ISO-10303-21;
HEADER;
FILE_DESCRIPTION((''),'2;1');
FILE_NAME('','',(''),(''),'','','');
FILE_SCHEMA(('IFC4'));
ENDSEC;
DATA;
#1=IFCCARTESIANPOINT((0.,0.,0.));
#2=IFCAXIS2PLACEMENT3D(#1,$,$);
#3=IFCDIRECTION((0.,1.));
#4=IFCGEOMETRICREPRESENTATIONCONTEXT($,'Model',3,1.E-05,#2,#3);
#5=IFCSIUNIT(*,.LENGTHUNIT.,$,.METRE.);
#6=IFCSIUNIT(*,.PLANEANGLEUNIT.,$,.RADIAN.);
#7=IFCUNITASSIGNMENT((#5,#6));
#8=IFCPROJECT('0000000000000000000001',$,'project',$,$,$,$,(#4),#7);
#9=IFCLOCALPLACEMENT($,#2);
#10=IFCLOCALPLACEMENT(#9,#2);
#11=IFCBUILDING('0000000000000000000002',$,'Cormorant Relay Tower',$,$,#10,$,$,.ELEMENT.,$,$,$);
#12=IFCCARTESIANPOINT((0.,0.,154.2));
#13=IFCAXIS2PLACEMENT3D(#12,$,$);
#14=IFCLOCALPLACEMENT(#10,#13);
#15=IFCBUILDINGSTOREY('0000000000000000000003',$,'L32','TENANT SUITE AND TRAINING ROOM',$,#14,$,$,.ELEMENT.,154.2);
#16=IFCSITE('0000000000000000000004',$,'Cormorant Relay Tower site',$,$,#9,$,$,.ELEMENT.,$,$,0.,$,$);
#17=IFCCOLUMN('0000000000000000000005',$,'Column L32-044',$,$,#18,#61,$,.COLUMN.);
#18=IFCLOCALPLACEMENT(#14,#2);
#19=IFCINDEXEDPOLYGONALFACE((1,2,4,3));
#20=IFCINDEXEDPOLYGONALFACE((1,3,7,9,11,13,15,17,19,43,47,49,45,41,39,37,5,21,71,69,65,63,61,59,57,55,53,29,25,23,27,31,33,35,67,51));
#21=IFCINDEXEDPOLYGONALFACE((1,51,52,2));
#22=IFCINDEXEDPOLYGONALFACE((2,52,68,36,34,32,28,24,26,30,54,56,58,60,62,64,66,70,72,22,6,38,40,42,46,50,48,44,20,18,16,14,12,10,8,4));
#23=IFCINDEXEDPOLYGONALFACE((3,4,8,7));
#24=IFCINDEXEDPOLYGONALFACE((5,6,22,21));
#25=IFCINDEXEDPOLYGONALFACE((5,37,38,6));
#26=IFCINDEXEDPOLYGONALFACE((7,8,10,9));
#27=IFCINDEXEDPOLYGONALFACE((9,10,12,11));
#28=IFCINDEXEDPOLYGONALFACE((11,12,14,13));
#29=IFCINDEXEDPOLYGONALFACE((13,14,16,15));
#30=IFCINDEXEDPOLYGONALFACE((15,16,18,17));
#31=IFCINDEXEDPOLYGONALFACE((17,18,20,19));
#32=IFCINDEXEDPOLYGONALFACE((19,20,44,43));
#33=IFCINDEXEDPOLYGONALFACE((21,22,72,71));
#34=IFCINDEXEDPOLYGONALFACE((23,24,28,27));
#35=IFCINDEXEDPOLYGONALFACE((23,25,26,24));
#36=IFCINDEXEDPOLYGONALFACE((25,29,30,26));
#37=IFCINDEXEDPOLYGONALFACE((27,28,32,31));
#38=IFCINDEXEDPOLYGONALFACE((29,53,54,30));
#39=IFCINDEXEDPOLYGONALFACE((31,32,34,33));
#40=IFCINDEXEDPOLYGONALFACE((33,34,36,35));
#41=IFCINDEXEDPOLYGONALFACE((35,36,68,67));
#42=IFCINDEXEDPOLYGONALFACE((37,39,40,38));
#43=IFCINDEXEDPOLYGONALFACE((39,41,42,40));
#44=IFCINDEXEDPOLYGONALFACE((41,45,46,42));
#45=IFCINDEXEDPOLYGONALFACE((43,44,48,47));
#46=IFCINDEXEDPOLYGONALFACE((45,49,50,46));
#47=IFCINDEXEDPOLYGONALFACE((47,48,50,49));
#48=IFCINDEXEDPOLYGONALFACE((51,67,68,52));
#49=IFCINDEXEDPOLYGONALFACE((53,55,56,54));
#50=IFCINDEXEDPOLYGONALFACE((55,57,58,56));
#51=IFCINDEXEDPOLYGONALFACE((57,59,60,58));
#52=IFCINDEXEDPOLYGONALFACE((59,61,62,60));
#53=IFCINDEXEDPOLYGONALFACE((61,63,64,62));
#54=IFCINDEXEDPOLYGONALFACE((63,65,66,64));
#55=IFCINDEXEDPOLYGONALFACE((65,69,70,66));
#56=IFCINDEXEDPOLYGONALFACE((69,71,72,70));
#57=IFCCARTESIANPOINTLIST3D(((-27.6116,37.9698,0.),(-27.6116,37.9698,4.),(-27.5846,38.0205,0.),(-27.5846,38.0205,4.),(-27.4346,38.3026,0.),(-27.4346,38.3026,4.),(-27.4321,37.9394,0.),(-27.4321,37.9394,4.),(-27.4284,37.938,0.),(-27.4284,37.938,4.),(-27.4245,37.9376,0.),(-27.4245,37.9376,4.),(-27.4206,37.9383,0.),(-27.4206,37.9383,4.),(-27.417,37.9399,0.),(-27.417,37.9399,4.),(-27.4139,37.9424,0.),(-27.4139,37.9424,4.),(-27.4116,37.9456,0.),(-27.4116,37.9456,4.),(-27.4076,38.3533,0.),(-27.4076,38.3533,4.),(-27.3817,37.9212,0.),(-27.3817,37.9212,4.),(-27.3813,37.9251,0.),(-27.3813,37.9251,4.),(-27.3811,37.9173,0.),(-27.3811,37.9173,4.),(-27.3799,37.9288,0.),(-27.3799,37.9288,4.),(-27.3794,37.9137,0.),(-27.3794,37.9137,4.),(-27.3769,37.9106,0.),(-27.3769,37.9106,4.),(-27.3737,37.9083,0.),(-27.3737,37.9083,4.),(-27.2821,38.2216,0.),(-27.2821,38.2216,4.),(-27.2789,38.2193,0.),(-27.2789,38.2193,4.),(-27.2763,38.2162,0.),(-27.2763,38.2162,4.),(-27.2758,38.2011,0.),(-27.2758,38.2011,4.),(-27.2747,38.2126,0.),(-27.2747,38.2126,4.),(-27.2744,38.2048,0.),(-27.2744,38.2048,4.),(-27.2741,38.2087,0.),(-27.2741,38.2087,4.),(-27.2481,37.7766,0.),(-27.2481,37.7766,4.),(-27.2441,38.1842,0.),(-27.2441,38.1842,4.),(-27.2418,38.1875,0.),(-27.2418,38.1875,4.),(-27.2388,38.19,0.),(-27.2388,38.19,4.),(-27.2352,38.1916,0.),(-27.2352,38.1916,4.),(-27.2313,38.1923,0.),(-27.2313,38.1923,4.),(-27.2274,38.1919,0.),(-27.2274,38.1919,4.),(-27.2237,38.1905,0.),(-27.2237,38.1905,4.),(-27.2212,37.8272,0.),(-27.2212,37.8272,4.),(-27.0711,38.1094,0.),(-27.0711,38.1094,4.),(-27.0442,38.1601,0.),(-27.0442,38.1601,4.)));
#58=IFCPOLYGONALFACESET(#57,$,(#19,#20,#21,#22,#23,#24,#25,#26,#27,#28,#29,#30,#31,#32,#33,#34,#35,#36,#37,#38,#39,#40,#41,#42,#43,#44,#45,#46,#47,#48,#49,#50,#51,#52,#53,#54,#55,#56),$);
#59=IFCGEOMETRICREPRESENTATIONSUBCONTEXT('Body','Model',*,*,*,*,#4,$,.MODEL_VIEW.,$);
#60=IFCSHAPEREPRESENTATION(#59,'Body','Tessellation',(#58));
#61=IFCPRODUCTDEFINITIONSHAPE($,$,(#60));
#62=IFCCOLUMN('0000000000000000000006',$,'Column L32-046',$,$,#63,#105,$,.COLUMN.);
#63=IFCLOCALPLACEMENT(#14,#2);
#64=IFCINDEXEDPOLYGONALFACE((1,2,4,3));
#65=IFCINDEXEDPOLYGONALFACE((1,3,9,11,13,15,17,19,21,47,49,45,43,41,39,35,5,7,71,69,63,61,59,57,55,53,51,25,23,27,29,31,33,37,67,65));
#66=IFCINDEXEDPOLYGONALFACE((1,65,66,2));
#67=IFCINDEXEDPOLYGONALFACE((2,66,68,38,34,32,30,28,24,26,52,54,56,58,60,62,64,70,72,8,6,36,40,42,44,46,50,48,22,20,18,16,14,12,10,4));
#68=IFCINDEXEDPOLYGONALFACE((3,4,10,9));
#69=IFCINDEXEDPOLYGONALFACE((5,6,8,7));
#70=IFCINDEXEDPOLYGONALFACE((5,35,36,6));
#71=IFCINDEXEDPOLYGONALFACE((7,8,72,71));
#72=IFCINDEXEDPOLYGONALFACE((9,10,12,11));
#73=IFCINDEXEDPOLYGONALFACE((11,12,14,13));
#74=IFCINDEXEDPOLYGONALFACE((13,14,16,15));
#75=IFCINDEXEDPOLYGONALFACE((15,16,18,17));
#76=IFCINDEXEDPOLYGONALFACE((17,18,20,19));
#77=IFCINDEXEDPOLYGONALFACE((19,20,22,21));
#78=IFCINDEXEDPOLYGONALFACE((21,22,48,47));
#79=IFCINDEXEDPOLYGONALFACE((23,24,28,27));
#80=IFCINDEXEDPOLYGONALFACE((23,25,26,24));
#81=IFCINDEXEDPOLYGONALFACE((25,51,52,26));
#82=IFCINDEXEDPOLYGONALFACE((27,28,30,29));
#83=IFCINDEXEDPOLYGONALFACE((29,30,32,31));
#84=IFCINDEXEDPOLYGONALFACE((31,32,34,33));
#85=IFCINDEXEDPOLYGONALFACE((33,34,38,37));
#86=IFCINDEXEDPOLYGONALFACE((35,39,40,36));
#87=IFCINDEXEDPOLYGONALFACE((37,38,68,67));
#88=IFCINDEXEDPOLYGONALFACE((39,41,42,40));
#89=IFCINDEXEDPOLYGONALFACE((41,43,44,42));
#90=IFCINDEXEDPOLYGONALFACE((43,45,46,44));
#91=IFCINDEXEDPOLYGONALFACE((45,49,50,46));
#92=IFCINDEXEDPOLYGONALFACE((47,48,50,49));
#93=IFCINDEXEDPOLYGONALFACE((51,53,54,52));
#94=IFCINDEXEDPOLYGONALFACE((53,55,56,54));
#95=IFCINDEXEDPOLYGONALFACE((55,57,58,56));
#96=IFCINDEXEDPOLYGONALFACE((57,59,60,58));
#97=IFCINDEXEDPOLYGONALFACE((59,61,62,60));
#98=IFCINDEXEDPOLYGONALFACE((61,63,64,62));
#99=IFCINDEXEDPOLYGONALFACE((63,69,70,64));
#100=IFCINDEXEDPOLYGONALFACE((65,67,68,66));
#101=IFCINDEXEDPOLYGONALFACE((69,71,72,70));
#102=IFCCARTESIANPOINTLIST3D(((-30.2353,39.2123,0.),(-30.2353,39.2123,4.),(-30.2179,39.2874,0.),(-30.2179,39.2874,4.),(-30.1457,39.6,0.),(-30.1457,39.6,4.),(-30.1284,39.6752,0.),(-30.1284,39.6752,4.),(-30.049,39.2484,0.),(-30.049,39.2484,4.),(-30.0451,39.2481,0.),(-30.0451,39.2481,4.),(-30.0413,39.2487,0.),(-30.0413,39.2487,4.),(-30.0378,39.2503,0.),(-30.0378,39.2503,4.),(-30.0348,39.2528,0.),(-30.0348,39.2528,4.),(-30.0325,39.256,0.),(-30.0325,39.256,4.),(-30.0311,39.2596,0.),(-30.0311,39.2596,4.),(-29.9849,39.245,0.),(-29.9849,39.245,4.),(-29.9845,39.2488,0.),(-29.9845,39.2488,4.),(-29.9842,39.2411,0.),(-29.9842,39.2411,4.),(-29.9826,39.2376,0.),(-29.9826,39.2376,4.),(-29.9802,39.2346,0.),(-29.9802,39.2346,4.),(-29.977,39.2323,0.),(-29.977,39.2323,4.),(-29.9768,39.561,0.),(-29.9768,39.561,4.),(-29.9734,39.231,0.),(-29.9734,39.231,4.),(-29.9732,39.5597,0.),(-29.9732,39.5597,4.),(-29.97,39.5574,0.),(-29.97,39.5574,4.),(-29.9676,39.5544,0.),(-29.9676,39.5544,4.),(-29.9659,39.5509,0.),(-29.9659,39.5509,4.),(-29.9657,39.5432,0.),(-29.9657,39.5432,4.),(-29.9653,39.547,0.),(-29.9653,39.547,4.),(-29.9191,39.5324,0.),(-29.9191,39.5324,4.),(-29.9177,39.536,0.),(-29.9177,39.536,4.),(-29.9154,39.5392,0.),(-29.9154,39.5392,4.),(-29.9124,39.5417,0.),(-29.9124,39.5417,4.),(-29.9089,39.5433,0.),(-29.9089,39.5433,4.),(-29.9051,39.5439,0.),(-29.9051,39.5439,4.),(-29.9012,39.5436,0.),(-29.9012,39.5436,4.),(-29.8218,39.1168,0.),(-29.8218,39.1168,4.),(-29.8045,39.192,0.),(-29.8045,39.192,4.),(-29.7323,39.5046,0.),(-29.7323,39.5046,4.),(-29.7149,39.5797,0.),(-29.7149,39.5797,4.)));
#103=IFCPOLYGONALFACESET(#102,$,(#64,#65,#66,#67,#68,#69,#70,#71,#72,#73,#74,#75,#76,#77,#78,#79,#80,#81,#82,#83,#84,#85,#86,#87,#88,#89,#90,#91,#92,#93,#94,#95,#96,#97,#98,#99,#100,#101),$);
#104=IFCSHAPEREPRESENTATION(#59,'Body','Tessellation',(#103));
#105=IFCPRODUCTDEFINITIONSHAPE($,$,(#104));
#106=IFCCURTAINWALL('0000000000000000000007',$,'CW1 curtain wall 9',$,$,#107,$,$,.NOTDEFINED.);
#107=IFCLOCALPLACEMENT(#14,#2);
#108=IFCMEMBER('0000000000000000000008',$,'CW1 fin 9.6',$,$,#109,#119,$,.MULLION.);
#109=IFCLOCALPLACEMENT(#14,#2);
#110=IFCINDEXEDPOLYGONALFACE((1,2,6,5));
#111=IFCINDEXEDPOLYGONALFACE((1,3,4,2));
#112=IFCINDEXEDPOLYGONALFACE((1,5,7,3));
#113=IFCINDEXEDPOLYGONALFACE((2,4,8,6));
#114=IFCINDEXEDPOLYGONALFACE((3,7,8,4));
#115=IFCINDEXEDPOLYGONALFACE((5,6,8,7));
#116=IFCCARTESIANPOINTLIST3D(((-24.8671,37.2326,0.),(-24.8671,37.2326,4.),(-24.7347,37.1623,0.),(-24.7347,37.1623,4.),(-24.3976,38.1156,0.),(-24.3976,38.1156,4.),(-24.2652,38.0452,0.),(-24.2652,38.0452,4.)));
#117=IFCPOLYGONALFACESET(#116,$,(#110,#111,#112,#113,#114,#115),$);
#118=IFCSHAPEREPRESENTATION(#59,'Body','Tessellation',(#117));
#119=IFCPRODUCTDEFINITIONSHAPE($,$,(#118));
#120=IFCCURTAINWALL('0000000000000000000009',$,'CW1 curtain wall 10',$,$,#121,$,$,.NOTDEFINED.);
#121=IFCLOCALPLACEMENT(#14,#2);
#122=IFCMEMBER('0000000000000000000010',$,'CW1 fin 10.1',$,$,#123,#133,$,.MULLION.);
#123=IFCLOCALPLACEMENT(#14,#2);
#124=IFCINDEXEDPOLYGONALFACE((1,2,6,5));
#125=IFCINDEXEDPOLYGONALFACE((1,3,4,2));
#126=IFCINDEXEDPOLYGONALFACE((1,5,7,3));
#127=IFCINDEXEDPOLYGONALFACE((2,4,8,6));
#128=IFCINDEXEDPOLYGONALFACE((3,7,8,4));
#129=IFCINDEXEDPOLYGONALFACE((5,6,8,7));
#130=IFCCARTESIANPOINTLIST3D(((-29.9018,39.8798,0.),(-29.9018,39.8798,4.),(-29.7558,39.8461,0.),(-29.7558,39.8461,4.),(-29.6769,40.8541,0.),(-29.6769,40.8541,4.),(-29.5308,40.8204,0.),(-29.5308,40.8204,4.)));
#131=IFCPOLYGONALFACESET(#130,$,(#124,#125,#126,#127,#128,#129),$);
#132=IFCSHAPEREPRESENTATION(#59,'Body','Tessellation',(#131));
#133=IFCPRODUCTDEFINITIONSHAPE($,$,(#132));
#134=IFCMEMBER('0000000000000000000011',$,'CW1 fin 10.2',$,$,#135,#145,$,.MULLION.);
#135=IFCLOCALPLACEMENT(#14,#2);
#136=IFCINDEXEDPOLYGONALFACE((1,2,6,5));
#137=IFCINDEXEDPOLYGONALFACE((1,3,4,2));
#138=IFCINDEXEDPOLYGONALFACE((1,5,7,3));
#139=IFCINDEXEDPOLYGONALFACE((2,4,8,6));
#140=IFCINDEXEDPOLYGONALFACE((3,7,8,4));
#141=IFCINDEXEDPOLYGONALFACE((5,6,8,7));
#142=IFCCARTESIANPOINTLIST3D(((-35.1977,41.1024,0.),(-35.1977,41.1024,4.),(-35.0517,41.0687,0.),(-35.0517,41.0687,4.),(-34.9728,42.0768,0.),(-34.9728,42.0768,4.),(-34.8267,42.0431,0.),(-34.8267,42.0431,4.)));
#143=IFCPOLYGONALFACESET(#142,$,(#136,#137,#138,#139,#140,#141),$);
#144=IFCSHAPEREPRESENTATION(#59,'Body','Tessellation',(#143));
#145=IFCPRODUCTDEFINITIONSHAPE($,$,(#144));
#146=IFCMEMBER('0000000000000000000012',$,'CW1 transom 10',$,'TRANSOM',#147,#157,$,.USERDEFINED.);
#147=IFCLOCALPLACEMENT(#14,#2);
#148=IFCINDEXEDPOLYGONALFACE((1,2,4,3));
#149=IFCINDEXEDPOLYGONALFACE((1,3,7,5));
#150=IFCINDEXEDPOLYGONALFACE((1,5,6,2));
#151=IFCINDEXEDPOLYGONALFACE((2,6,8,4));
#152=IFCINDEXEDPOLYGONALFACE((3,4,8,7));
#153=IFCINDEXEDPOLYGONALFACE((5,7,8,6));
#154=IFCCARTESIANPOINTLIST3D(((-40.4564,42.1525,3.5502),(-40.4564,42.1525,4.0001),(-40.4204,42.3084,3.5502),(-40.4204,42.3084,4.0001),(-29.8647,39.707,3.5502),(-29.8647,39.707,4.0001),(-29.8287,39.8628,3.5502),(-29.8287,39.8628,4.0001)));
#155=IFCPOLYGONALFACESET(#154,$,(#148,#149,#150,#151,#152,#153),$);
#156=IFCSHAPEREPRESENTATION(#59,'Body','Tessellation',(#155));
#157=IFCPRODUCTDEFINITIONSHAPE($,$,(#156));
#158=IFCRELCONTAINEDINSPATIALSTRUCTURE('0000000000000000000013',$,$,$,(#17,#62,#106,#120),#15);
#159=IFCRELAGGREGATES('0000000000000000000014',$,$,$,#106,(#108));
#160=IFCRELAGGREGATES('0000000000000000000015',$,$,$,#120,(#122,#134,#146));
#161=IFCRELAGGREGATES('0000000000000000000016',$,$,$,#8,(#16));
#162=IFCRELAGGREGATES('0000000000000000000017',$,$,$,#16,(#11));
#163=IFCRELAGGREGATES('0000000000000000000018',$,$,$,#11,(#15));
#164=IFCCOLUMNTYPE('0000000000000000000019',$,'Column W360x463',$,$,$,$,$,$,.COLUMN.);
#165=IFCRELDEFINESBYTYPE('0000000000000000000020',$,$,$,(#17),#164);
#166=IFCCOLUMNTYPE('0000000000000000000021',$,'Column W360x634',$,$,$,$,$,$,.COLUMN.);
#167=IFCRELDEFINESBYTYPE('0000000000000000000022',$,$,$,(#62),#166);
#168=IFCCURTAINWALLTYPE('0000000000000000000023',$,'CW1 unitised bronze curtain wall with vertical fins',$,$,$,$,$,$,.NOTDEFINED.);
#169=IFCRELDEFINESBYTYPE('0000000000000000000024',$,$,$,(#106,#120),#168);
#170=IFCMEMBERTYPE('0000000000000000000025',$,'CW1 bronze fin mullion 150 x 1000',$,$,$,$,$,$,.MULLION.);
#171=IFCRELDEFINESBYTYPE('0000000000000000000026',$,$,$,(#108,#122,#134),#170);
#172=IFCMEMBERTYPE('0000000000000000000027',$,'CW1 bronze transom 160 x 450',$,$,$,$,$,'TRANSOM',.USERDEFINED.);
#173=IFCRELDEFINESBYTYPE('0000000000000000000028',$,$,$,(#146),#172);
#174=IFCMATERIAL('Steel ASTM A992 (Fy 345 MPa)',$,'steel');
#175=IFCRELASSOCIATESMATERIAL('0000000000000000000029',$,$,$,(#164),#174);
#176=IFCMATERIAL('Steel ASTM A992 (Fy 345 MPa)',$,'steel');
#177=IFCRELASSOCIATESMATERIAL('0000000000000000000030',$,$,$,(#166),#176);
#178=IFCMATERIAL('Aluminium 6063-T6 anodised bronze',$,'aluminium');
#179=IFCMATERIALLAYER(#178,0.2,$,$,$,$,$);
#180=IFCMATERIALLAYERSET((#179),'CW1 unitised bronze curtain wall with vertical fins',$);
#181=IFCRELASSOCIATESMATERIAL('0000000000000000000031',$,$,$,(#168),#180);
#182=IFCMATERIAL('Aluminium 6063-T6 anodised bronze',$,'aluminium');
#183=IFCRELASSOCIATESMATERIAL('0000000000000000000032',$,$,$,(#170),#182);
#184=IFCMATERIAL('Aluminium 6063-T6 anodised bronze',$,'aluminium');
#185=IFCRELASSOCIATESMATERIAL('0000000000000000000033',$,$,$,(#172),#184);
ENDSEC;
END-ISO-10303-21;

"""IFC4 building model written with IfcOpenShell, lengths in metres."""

from ifc_helpers import new_model, si_unit, direction, frame, origin, origin_2d, place, context, subcontext, project, spatial, rectangle, i_section, extrude, material, layer, layer_set, material_profile, profile_set, type_object, element, aggregate, save


model = new_model("IFC4")

# Units and contexts
model_context = context("Model", 3, precision=1e-05, world=origin(), true_north=direction((0.0, 1.0)))
body_context = subcontext(model_context, "Body", "Model", "MODEL_VIEW")
ifc_project = project(units=[si_unit("LENGTHUNIT", "METRE"), si_unit("PLANEANGLEUNIT", "RADIAN")], contexts=[model_context])

# Site, building, storey
site_placement = place(None, origin())
site = spatial("IfcSite", under=ifc_project, at=site_placement, Name="Cormorant Relay Tower site", CompositionType="ELEMENT", RefElevation=0.0)
building_placement = place(site_placement, origin())
building = spatial("IfcBuilding", under=site, at=building_placement, Name="Cormorant Relay Tower", CompositionType="ELEMENT")
storey_placement = place(building_placement, frame((0.0, 0.0, 154.2)))
storey = spatial("IfcBuildingStorey", under=building, at=storey_placement, Name="L32", Description="TENANT SUITE AND TRAINING ROOM", CompositionType="ELEMENT", Elevation=154.2)

# Columns
ifc_material_1 = material(Name="Steel ASTM A992 (Fy 345 MPa)", Category="steel")
ifc_material_profile_1 = material_profile(ifc_material_1, i_section(OverallWidth=0.4116, OverallDepth=0.4343, WebThickness=0.0359, FlangeThickness=0.0574, FilletRadius=0.0151, at=origin_2d()), Name="W360x463")
ifc_profile_set_1 = profile_set([ifc_material_profile_1], Name="Steel ASTM A992 (Fy 345 MPa)")
column_type_1 = type_object("IfcColumnType", Name="Column W360x463", PredefinedType="COLUMN", material=ifc_profile_set_1)
column_1_placement = place(storey_placement, frame((-27.3279, 38.0649, 0.0), z_axis=(0.0, 0.0, 1.0), x_axis=(-0.882948, 0.469472, 0.0)))
element("IfcColumn", 1, at=column_1_placement, inside=storey, type_object=column_type_1, Name="Column L32-044", PredefinedType="COLUMN", context=body_context, shape_type="SweptSolid", body=[
    extrude(i_section(OverallWidth=0.4116, OverallDepth=0.4343, WebThickness=0.0359, FlangeThickness=0.0574, FilletRadius=0.0151, at=origin_2d()), origin(), (0.0, 0.0, 1.0), 4.0),
])
ifc_material_2 = material(Name="Steel ASTM A992 (Fy 345 MPa)", Category="steel")
ifc_material_profile_2 = material_profile(ifc_material_2, i_section(OverallWidth=0.4243, OverallDepth=0.4751, WebThickness=0.0479, FlangeThickness=0.0771, FilletRadius=0.0149, at=origin_2d()), Name="W360x634")
ifc_profile_set_2 = profile_set([ifc_material_profile_2], Name="Steel ASTM A992 (Fy 345 MPa)")
column_type_2 = type_object("IfcColumnType", Name="Column W360x634", PredefinedType="COLUMN", material=ifc_profile_set_2)
column_2_placement = place(storey_placement, frame((-29.9751, 39.396, 0.0), z_axis=(0.0, 0.0, 1.0), x_axis=(-0.97437, 0.224951, 0.0)))
element("IfcColumn", 2, at=column_2_placement, inside=storey, type_object=column_type_2, Name="Column L32-046", PredefinedType="COLUMN", context=body_context, shape_type="SweptSolid", body=[
    extrude(i_section(OverallWidth=0.4243, OverallDepth=0.4751, WebThickness=0.0479, FlangeThickness=0.0771, FilletRadius=0.0149, at=origin_2d()), origin(), (0.0, 0.0, 1.0), 4.0),
])

# Curtain wall, member
ifc_material_3 = material(Name="Aluminium 6063-T6 anodised bronze", Category="aluminium")
ifc_layer_1 = layer(ifc_material_3, 0.2)
ifc_layer_set_1 = layer_set([ifc_layer_1], Name="CW1 unitised bronze curtain wall with vertical fins")
curtain_wall_type = type_object("IfcCurtainWallType", Name="CW1 unitised bronze curtain wall with vertical fins", PredefinedType="NOTDEFINED", material=ifc_layer_set_1)
curtain_wall_1_placement = place(storey_placement, origin())
curtain_wall_1 = element("IfcCurtainWall", 3, at=curtain_wall_1_placement, inside=storey, type_object=curtain_wall_type, Name="CW1 curtain wall 9", PredefinedType="NOTDEFINED")
ifc_material_4 = material(Name="Aluminium 6063-T6 anodised bronze", Category="aluminium")
ifc_material_profile_3 = material_profile(ifc_material_4, rectangle(XDim=0.1499, YDim=1.0, at=origin_2d()), Name="AL 150x1000")
ifc_profile_set_3 = profile_set([ifc_material_profile_3], Name="Aluminium 6063-T6 anodised bronze")
member_type_1 = type_object("IfcMemberType", Name="CW1 bronze fin mullion 150 x 1000", PredefinedType="MULLION", material=ifc_profile_set_3)
member_1_placement = place(storey_placement, frame((-24.5662, 37.6389, 0.0), z_axis=(0.0, 0.0, 1.0), x_axis=(-0.882948, 0.469472, 0.0)))
member_1 = element("IfcMember", 4, at=member_1_placement, type_object=member_type_1, Name="CW1 fin 9.6", PredefinedType="MULLION", context=body_context, shape_type="SweptSolid", body=[
    extrude(rectangle(XDim=0.1499, YDim=1.0, at=origin_2d()), origin(), (0.0, 0.0, 1.0), 4.0),
])

# Curtain wall, members
curtain_wall_2_placement = place(storey_placement, origin())
curtain_wall_2 = element("IfcCurtainWall", 5, at=curtain_wall_2_placement, inside=storey, type_object=curtain_wall_type, Name="CW1 curtain wall 10", PredefinedType="NOTDEFINED")
member_2_placement = place(storey_placement, frame((-29.7163, 40.3501, 0.0), z_axis=(0.0, 0.0, 1.0), x_axis=(-0.97437, 0.224951, 0.0)))
member_2 = element("IfcMember", 6, at=member_2_placement, type_object=member_type_1, Name="CW1 fin 10.1", PredefinedType="MULLION", context=body_context, shape_type="SweptSolid", body=[
    extrude(rectangle(XDim=0.1499, YDim=1.0, at=origin_2d()), origin(), (0.0, 0.0, 1.0), 4.0),
])
member_3_placement = place(storey_placement, frame((-35.0122, 41.5728, 0.0), z_axis=(0.0, 0.0, 1.0), x_axis=(-0.97437, 0.224951, 0.0)))
member_3 = element("IfcMember", 7, at=member_3_placement, type_object=member_type_1, Name="CW1 fin 10.2", PredefinedType="MULLION", context=body_context, shape_type="SweptSolid", body=[
    extrude(rectangle(XDim=0.1499, YDim=1.0, at=origin_2d()), origin(), (0.0, 0.0, 1.0), 4.0),
])
ifc_material_5 = material(Name="Aluminium 6063-T6 anodised bronze", Category="aluminium")
ifc_material_profile_4 = material_profile(ifc_material_5, rectangle(XDim=0.1599, YDim=0.45, at=origin_2d()), Name="AL 160x450")
ifc_profile_set_4 = profile_set([ifc_material_profile_4], Name="Aluminium 6063-T6 anodised bronze")
member_type_2 = type_object("IfcMemberType", Name="CW1 bronze transom 160 x 450", ElementType="TRANSOM", PredefinedType="USERDEFINED", material=ifc_profile_set_4)
member_4_placement = place(storey_placement, frame((-29.8467, 39.7849, 3.7751), z_axis=(-0.974365, 0.224973, 0.0), x_axis=(-0.224973, -0.974365, 0.0)))
member_4 = element("IfcMember", 8, at=member_4_placement, type_object=member_type_2, Name="CW1 transom 10", ObjectType="TRANSOM", PredefinedType="USERDEFINED", context=body_context, shape_type="SweptSolid", body=[
    extrude(rectangle(XDim=0.1599, YDim=0.45, at=origin_2d()), origin(), (0.0, 0.0, 1.0), 10.8704),
])

aggregate(curtain_wall_1, [member_1])
aggregate(curtain_wall_2, [member_2, member_3, member_4])

save(model, "model.ifc")
